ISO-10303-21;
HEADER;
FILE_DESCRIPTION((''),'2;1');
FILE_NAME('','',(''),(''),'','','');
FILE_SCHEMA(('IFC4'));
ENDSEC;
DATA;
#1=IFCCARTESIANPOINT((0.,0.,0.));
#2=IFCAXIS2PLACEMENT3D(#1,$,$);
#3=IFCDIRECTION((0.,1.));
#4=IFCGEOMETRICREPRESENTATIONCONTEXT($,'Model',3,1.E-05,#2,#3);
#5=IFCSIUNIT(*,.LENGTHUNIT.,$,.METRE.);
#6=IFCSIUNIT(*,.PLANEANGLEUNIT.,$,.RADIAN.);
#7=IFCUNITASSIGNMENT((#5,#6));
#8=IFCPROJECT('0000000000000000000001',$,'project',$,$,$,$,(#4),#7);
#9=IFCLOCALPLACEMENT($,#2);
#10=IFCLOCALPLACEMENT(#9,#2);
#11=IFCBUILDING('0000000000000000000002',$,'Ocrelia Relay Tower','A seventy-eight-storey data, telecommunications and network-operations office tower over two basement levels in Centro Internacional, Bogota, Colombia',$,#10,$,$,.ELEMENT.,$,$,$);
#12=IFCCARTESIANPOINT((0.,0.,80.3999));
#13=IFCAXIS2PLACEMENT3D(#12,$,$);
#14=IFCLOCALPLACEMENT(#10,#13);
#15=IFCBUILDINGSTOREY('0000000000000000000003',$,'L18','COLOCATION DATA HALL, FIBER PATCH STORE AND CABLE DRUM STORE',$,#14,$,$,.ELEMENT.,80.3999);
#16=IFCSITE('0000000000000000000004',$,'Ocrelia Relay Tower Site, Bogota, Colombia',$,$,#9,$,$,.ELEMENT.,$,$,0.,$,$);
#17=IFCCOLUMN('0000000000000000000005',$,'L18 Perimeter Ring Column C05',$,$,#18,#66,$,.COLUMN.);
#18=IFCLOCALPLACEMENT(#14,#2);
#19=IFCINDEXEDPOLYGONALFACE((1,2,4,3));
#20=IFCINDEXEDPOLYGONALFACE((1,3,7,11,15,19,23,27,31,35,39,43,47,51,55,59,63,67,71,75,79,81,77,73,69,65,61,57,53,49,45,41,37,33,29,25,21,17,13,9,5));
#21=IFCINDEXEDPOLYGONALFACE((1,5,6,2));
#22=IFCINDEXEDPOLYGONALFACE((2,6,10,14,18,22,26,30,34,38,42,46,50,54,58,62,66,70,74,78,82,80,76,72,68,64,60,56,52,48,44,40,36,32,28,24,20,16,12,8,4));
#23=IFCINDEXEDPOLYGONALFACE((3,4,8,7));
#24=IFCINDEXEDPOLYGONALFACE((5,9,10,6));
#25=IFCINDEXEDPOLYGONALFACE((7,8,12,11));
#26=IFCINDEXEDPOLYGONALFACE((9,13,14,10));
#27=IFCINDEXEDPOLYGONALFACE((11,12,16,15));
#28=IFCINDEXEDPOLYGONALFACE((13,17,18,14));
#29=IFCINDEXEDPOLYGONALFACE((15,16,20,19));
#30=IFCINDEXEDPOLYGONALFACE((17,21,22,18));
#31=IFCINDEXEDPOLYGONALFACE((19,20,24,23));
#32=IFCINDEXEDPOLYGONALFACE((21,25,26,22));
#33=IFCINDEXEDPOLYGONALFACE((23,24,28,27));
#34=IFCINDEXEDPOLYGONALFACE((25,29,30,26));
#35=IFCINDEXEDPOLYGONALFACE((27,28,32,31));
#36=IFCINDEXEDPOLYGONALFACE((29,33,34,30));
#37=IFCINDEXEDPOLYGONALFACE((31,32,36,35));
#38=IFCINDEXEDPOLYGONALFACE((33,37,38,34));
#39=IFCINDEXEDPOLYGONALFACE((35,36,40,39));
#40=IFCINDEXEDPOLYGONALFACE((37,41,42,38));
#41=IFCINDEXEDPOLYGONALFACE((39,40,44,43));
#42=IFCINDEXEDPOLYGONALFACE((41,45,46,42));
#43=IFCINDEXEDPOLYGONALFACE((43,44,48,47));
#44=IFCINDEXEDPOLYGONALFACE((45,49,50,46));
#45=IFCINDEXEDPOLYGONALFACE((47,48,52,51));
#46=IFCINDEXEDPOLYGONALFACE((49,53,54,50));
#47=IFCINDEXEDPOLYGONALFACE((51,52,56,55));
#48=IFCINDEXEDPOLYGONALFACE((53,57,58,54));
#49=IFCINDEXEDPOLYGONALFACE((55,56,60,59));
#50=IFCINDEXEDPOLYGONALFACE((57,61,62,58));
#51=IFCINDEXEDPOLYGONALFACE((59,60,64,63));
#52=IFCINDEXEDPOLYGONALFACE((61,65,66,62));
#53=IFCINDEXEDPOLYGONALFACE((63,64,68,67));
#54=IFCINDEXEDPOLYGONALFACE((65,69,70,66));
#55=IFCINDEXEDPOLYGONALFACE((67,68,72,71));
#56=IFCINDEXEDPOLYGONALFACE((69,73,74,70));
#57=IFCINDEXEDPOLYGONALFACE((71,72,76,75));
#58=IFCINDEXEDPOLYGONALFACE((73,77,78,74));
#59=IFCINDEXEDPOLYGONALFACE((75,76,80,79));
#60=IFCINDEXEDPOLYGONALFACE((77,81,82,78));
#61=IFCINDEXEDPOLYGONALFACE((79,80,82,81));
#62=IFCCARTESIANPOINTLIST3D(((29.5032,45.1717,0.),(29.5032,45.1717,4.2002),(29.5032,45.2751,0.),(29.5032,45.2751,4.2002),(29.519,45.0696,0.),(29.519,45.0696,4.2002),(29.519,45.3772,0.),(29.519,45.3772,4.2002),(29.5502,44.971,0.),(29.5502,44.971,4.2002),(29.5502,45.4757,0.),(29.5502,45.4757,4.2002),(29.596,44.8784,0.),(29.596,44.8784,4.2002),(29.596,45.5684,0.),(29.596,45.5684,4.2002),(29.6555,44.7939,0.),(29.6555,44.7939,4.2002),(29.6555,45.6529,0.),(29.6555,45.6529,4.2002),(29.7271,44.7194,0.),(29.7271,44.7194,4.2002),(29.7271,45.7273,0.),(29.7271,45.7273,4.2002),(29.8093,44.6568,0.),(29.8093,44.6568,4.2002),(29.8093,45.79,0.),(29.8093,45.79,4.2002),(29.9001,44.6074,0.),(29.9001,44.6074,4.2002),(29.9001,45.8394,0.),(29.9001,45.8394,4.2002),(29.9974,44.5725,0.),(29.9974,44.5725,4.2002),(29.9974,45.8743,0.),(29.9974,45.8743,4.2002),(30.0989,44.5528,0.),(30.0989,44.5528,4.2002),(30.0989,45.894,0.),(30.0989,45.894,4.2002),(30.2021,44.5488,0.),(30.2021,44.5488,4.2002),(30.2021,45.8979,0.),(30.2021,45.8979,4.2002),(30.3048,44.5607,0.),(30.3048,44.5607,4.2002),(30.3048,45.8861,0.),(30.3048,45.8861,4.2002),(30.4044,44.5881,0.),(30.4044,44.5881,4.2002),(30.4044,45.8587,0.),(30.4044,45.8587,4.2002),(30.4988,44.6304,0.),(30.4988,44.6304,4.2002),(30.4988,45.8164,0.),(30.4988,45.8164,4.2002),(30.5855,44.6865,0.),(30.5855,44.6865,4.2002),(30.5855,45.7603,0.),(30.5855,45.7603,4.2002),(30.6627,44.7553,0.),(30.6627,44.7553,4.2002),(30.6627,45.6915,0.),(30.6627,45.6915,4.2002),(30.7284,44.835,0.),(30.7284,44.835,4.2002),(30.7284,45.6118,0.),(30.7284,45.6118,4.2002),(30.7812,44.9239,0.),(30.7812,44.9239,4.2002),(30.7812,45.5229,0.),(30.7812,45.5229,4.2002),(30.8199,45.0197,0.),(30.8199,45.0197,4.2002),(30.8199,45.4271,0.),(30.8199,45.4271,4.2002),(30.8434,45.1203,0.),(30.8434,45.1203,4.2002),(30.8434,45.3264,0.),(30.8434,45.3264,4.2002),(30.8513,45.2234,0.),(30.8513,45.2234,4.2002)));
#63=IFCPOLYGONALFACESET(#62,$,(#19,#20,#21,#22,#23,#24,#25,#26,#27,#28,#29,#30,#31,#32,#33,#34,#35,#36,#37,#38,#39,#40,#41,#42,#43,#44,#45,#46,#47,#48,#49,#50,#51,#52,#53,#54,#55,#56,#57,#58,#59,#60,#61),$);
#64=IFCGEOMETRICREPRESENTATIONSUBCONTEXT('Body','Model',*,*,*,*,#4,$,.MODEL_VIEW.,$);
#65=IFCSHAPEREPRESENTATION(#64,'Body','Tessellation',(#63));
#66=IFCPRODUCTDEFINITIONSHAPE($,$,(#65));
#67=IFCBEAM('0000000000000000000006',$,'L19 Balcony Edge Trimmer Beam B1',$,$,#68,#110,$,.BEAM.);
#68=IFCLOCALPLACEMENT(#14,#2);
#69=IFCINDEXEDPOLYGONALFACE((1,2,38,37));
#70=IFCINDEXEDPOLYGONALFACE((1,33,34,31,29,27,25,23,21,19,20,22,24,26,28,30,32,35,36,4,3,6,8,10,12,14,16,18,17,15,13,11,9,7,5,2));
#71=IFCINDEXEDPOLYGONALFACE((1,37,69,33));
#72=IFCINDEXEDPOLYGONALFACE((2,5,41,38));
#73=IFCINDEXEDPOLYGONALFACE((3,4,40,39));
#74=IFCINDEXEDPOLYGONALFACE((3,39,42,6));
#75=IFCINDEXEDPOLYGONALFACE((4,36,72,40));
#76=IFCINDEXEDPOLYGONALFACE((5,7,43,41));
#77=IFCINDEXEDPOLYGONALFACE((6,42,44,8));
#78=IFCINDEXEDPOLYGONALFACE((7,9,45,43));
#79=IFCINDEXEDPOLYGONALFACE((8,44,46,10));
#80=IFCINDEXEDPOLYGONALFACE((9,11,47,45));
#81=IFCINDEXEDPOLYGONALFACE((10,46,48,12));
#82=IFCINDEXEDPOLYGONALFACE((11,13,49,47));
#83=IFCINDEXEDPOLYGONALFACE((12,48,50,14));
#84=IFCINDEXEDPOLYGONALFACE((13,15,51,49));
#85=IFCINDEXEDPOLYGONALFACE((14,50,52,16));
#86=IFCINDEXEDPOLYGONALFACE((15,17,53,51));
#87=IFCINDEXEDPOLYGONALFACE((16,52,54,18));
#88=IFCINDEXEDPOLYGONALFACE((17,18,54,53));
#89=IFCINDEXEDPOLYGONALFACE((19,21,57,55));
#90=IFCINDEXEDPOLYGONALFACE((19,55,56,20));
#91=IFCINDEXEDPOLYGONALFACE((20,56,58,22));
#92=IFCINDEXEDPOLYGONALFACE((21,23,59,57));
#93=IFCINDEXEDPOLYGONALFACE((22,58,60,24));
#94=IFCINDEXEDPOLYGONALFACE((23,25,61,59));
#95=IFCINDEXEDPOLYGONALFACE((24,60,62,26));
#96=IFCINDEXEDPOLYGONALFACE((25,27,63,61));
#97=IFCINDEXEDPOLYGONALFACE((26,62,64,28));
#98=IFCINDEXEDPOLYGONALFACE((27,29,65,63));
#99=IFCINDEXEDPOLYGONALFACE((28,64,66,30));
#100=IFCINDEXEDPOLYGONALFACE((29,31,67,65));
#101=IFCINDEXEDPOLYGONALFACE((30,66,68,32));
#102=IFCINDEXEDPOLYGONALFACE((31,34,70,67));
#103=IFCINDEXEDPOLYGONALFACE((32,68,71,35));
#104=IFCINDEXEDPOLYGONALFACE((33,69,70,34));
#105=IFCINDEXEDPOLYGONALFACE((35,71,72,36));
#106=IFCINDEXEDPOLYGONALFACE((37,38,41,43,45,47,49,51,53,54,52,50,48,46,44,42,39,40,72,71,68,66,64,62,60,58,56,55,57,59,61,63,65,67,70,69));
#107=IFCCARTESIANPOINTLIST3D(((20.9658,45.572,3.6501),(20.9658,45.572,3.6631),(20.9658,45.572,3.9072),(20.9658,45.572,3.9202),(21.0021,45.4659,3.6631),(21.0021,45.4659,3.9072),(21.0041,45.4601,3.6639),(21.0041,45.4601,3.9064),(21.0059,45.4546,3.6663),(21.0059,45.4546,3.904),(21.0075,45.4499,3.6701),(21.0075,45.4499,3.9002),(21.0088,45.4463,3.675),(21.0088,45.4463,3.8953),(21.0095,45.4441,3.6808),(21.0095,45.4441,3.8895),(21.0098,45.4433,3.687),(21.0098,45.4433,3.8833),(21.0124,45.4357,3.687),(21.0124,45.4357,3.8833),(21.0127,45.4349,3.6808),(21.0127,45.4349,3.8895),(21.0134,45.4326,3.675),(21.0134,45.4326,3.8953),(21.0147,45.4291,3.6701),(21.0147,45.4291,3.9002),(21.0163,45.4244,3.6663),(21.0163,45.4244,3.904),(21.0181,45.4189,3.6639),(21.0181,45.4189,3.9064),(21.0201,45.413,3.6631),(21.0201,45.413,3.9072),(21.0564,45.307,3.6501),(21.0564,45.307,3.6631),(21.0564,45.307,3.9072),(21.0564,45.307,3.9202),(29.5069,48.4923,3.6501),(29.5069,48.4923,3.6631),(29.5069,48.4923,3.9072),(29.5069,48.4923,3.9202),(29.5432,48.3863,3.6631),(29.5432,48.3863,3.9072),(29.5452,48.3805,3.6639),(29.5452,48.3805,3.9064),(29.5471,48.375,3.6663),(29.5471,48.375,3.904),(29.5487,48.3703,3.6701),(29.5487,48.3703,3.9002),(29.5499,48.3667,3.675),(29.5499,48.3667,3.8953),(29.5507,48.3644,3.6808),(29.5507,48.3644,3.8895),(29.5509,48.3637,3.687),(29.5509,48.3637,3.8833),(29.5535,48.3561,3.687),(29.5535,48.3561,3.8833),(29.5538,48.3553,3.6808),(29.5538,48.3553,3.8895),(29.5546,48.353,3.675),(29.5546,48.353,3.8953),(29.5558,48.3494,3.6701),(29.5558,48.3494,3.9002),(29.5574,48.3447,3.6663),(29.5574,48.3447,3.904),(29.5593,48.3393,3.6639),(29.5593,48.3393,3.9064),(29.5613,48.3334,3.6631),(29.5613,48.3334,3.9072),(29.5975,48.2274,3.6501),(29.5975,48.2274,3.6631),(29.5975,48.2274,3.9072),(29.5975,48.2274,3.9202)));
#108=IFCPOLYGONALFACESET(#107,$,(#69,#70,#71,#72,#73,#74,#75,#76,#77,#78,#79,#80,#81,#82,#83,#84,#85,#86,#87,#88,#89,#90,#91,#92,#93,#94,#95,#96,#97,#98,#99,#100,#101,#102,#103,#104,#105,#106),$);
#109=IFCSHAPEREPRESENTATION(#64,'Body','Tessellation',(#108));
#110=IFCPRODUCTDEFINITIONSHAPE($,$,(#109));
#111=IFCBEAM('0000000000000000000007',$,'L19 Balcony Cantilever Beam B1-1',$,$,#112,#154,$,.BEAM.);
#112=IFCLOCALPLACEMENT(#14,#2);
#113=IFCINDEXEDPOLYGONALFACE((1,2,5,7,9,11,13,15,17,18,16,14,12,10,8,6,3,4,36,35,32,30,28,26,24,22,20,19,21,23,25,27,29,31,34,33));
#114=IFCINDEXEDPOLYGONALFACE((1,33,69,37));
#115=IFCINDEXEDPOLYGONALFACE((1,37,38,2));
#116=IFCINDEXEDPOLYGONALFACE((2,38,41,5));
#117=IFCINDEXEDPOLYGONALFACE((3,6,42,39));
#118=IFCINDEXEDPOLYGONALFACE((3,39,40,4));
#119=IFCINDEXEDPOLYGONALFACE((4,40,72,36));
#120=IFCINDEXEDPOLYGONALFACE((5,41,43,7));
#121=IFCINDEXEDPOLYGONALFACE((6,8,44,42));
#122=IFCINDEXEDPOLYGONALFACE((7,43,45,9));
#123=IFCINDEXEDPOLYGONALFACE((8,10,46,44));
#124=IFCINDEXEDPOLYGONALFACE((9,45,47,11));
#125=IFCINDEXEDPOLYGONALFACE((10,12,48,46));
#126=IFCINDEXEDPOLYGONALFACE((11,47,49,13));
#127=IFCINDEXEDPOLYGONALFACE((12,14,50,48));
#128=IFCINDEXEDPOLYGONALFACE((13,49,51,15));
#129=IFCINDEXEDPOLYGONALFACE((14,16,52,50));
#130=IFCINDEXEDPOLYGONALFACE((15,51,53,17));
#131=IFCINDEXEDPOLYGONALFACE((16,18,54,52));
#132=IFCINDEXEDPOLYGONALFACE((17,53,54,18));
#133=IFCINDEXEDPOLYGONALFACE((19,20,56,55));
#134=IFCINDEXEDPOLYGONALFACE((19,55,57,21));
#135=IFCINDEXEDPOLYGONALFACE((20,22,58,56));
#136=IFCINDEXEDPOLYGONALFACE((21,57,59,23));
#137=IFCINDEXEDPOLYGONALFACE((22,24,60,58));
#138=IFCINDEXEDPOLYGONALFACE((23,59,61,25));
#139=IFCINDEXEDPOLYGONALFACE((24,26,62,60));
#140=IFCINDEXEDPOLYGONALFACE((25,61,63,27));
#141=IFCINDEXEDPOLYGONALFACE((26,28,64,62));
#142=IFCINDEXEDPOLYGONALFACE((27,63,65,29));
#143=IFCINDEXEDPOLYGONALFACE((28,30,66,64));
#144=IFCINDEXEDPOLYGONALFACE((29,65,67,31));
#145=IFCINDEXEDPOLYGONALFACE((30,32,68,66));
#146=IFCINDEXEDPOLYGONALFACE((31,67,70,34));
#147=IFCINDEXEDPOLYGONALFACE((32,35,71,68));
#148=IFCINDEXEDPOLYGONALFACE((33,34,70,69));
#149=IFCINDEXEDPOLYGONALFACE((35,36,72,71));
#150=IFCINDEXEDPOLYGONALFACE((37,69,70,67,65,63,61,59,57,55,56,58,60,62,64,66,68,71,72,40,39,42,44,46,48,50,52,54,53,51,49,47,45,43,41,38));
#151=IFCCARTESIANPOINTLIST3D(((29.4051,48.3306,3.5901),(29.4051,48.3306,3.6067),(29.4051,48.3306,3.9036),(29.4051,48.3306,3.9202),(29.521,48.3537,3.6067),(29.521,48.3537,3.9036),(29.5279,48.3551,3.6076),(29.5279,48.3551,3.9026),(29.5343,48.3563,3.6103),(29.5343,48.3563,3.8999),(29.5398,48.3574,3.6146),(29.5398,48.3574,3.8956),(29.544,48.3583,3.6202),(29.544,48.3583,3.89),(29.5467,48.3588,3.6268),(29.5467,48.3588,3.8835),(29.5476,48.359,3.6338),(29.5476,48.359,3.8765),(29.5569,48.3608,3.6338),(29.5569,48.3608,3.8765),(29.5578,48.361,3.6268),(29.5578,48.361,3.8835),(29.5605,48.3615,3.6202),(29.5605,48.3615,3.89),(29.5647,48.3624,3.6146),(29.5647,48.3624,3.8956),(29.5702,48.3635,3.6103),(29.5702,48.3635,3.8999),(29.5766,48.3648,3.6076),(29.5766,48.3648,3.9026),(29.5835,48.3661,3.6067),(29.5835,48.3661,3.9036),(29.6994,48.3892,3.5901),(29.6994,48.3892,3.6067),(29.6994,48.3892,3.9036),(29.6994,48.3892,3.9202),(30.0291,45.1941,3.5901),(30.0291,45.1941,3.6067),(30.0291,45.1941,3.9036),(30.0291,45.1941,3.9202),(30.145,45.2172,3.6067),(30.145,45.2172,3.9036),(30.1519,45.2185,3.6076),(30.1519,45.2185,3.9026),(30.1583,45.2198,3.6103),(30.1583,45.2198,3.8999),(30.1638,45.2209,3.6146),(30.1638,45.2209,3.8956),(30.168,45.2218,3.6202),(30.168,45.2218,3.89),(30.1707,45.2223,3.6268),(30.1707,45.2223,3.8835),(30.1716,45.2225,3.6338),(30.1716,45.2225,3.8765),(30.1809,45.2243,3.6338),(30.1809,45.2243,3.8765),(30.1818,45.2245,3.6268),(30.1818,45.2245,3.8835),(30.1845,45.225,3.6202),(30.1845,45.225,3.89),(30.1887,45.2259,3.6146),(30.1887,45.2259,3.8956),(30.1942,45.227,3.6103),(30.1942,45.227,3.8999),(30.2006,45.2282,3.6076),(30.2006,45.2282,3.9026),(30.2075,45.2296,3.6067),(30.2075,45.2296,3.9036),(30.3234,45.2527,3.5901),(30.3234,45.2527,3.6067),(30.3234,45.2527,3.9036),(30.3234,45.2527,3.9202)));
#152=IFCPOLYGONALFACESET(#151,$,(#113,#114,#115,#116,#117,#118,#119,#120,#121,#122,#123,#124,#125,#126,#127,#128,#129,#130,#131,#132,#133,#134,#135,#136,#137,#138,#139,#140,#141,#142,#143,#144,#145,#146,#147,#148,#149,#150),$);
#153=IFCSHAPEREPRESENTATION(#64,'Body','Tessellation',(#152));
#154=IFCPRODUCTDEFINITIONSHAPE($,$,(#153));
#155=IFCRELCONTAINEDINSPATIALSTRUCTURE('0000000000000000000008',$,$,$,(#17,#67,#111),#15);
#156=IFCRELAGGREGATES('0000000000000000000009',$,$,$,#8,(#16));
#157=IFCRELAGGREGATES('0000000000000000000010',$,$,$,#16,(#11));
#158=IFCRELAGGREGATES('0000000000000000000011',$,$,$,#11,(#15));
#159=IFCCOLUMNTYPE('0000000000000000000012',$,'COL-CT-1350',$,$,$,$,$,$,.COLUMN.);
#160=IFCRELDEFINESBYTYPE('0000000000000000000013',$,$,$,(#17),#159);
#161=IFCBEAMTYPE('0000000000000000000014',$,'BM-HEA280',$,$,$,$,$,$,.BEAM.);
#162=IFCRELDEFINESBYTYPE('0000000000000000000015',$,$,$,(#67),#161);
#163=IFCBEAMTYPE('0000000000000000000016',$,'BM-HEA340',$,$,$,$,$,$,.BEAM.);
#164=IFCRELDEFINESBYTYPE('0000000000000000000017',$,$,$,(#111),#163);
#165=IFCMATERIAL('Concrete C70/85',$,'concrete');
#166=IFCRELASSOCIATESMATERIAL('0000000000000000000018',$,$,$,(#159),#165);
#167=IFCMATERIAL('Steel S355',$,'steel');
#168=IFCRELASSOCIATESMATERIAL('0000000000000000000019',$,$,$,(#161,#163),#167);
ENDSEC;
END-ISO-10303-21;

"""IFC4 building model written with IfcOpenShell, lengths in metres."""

from ifc_helpers import new_model, si_unit, direction, frame, origin, origin_2d, place, context, subcontext, project, spatial, circle, i_section, extrude, material, material_profile, profile_set, type_object, element, save


model = new_model("IFC4")

# Units and contexts
model_context = context("Model", 3, precision=1e-05, world=origin(), true_north=direction((0.0, 1.0)))
body_context = subcontext(model_context, "Body", "Model", "MODEL_VIEW")
ifc_project = project(units=[si_unit("LENGTHUNIT", "METRE"), si_unit("PLANEANGLEUNIT", "RADIAN")], contexts=[model_context])

# Site, building, storey
site_placement = place(None, origin())
site = spatial("IfcSite", under=ifc_project, at=site_placement, Name="Ocrelia Relay Tower Site, Bogota, Colombia", CompositionType="ELEMENT", RefElevation=0.0)
building_placement = place(site_placement, origin())
building = spatial("IfcBuilding", under=site, at=building_placement, Name="Ocrelia Relay Tower", Description="A seventy-eight-storey data, telecommunications and network-operations office tower over two basement levels in Centro Internacional, Bogota, Colombia", CompositionType="ELEMENT")
storey_placement = place(building_placement, frame((0.0, 0.0, 80.3999)))
storey = spatial("IfcBuildingStorey", under=building, at=storey_placement, Name="L18", Description="COLOCATION DATA HALL, FIBER PATCH STORE AND CABLE DRUM STORE", CompositionType="ELEMENT", Elevation=80.3999)

# Column
ifc_material_1 = material(Name="Concrete C70/85", Category="concrete")
ifc_material_profile_1 = material_profile(ifc_material_1, circle(Radius=0.675, at=origin_2d()), Name="RC-CIR-1350")
ifc_profile_set_1 = profile_set([ifc_material_profile_1], Name="Concrete C70/85")
column_type = type_object("IfcColumnType", Name="COL-CT-1350", PredefinedType="COLUMN", material=ifc_profile_set_1)
column_placement = place(storey_placement, frame((30.1763, 45.2234, 0.0), z_axis=(0.0, 0.0, 1.0), x_axis=(1.0, 0.0, 0.0)))
element("IfcColumn", 1, at=column_placement, inside=storey, type_object=column_type, Name="L18 Perimeter Ring Column C05", PredefinedType="COLUMN", context=body_context, shape_type="SweptSolid", body=[
    extrude(circle(Radius=0.675, at=origin_2d()), origin(), (0.0, 0.0, 1.0), 4.2002),
])

# Beams
ifc_material_2 = material(Name="Steel S355", Category="steel")
ifc_material_profile_2 = material_profile(ifc_material_2, i_section(OverallWidth=0.28, OverallDepth=0.27, WebThickness=0.0081, FlangeThickness=0.0129, FilletRadius=0.0239, at=origin_2d()), Name="HEA 280")
ifc_profile_set_2 = profile_set([ifc_material_profile_2], Name="Steel S355")
beam_type_1 = type_object("IfcBeamType", Name="BM-HEA280", PredefinedType="BEAM", material=ifc_profile_set_2)
beam_1_placement = place(storey_placement, frame((29.5522, 48.3599, 3.7852), z_axis=(-0.946218, -0.323529, 0.0), x_axis=(0.323529, -0.946218, 0.0)))
element("IfcBeam", 2, at=beam_1_placement, inside=storey, type_object=beam_type_1, Name="L19 Balcony Edge Trimmer Beam B1", PredefinedType="BEAM", context=body_context, shape_type="SweptSolid", body=[
    extrude(i_section(OverallWidth=0.28, OverallDepth=0.27, WebThickness=0.0081, FlangeThickness=0.0129, FilletRadius=0.0239, at=origin_2d()), origin(), (0.0, 0.0, 1.0), 9.0266),
])
ifc_material_profile_3 = material_profile(ifc_material_2, i_section(OverallWidth=0.3, OverallDepth=0.3301, WebThickness=0.0095, FlangeThickness=0.0166, FilletRadius=0.0271, at=origin_2d()), Name="HEA 340")
ifc_profile_set_3 = profile_set([ifc_material_profile_3], Name="Steel S355")
beam_type_2 = type_object("IfcBeamType", Name="BM-HEA340", PredefinedType="BEAM", material=ifc_profile_set_3)
beam_2_placement = place(storey_placement, frame((30.1763, 45.2234, 3.7551), z_axis=(-0.195132, 0.980777, 0.0), x_axis=(-0.980777, -0.195132, 0.0)))
element("IfcBeam", 3, at=beam_2_placement, inside=storey, type_object=beam_type_2, Name="L19 Balcony Cantilever Beam B1-1", PredefinedType="BEAM", context=body_context, shape_type="SweptSolid", body=[
    extrude(i_section(OverallWidth=0.3, OverallDepth=0.3301, WebThickness=0.0095, FlangeThickness=0.0166, FilletRadius=0.0271, at=origin_2d()), origin(), (0.0, 0.0, 1.0), 3.198),
])

save(model, "model.ifc")
